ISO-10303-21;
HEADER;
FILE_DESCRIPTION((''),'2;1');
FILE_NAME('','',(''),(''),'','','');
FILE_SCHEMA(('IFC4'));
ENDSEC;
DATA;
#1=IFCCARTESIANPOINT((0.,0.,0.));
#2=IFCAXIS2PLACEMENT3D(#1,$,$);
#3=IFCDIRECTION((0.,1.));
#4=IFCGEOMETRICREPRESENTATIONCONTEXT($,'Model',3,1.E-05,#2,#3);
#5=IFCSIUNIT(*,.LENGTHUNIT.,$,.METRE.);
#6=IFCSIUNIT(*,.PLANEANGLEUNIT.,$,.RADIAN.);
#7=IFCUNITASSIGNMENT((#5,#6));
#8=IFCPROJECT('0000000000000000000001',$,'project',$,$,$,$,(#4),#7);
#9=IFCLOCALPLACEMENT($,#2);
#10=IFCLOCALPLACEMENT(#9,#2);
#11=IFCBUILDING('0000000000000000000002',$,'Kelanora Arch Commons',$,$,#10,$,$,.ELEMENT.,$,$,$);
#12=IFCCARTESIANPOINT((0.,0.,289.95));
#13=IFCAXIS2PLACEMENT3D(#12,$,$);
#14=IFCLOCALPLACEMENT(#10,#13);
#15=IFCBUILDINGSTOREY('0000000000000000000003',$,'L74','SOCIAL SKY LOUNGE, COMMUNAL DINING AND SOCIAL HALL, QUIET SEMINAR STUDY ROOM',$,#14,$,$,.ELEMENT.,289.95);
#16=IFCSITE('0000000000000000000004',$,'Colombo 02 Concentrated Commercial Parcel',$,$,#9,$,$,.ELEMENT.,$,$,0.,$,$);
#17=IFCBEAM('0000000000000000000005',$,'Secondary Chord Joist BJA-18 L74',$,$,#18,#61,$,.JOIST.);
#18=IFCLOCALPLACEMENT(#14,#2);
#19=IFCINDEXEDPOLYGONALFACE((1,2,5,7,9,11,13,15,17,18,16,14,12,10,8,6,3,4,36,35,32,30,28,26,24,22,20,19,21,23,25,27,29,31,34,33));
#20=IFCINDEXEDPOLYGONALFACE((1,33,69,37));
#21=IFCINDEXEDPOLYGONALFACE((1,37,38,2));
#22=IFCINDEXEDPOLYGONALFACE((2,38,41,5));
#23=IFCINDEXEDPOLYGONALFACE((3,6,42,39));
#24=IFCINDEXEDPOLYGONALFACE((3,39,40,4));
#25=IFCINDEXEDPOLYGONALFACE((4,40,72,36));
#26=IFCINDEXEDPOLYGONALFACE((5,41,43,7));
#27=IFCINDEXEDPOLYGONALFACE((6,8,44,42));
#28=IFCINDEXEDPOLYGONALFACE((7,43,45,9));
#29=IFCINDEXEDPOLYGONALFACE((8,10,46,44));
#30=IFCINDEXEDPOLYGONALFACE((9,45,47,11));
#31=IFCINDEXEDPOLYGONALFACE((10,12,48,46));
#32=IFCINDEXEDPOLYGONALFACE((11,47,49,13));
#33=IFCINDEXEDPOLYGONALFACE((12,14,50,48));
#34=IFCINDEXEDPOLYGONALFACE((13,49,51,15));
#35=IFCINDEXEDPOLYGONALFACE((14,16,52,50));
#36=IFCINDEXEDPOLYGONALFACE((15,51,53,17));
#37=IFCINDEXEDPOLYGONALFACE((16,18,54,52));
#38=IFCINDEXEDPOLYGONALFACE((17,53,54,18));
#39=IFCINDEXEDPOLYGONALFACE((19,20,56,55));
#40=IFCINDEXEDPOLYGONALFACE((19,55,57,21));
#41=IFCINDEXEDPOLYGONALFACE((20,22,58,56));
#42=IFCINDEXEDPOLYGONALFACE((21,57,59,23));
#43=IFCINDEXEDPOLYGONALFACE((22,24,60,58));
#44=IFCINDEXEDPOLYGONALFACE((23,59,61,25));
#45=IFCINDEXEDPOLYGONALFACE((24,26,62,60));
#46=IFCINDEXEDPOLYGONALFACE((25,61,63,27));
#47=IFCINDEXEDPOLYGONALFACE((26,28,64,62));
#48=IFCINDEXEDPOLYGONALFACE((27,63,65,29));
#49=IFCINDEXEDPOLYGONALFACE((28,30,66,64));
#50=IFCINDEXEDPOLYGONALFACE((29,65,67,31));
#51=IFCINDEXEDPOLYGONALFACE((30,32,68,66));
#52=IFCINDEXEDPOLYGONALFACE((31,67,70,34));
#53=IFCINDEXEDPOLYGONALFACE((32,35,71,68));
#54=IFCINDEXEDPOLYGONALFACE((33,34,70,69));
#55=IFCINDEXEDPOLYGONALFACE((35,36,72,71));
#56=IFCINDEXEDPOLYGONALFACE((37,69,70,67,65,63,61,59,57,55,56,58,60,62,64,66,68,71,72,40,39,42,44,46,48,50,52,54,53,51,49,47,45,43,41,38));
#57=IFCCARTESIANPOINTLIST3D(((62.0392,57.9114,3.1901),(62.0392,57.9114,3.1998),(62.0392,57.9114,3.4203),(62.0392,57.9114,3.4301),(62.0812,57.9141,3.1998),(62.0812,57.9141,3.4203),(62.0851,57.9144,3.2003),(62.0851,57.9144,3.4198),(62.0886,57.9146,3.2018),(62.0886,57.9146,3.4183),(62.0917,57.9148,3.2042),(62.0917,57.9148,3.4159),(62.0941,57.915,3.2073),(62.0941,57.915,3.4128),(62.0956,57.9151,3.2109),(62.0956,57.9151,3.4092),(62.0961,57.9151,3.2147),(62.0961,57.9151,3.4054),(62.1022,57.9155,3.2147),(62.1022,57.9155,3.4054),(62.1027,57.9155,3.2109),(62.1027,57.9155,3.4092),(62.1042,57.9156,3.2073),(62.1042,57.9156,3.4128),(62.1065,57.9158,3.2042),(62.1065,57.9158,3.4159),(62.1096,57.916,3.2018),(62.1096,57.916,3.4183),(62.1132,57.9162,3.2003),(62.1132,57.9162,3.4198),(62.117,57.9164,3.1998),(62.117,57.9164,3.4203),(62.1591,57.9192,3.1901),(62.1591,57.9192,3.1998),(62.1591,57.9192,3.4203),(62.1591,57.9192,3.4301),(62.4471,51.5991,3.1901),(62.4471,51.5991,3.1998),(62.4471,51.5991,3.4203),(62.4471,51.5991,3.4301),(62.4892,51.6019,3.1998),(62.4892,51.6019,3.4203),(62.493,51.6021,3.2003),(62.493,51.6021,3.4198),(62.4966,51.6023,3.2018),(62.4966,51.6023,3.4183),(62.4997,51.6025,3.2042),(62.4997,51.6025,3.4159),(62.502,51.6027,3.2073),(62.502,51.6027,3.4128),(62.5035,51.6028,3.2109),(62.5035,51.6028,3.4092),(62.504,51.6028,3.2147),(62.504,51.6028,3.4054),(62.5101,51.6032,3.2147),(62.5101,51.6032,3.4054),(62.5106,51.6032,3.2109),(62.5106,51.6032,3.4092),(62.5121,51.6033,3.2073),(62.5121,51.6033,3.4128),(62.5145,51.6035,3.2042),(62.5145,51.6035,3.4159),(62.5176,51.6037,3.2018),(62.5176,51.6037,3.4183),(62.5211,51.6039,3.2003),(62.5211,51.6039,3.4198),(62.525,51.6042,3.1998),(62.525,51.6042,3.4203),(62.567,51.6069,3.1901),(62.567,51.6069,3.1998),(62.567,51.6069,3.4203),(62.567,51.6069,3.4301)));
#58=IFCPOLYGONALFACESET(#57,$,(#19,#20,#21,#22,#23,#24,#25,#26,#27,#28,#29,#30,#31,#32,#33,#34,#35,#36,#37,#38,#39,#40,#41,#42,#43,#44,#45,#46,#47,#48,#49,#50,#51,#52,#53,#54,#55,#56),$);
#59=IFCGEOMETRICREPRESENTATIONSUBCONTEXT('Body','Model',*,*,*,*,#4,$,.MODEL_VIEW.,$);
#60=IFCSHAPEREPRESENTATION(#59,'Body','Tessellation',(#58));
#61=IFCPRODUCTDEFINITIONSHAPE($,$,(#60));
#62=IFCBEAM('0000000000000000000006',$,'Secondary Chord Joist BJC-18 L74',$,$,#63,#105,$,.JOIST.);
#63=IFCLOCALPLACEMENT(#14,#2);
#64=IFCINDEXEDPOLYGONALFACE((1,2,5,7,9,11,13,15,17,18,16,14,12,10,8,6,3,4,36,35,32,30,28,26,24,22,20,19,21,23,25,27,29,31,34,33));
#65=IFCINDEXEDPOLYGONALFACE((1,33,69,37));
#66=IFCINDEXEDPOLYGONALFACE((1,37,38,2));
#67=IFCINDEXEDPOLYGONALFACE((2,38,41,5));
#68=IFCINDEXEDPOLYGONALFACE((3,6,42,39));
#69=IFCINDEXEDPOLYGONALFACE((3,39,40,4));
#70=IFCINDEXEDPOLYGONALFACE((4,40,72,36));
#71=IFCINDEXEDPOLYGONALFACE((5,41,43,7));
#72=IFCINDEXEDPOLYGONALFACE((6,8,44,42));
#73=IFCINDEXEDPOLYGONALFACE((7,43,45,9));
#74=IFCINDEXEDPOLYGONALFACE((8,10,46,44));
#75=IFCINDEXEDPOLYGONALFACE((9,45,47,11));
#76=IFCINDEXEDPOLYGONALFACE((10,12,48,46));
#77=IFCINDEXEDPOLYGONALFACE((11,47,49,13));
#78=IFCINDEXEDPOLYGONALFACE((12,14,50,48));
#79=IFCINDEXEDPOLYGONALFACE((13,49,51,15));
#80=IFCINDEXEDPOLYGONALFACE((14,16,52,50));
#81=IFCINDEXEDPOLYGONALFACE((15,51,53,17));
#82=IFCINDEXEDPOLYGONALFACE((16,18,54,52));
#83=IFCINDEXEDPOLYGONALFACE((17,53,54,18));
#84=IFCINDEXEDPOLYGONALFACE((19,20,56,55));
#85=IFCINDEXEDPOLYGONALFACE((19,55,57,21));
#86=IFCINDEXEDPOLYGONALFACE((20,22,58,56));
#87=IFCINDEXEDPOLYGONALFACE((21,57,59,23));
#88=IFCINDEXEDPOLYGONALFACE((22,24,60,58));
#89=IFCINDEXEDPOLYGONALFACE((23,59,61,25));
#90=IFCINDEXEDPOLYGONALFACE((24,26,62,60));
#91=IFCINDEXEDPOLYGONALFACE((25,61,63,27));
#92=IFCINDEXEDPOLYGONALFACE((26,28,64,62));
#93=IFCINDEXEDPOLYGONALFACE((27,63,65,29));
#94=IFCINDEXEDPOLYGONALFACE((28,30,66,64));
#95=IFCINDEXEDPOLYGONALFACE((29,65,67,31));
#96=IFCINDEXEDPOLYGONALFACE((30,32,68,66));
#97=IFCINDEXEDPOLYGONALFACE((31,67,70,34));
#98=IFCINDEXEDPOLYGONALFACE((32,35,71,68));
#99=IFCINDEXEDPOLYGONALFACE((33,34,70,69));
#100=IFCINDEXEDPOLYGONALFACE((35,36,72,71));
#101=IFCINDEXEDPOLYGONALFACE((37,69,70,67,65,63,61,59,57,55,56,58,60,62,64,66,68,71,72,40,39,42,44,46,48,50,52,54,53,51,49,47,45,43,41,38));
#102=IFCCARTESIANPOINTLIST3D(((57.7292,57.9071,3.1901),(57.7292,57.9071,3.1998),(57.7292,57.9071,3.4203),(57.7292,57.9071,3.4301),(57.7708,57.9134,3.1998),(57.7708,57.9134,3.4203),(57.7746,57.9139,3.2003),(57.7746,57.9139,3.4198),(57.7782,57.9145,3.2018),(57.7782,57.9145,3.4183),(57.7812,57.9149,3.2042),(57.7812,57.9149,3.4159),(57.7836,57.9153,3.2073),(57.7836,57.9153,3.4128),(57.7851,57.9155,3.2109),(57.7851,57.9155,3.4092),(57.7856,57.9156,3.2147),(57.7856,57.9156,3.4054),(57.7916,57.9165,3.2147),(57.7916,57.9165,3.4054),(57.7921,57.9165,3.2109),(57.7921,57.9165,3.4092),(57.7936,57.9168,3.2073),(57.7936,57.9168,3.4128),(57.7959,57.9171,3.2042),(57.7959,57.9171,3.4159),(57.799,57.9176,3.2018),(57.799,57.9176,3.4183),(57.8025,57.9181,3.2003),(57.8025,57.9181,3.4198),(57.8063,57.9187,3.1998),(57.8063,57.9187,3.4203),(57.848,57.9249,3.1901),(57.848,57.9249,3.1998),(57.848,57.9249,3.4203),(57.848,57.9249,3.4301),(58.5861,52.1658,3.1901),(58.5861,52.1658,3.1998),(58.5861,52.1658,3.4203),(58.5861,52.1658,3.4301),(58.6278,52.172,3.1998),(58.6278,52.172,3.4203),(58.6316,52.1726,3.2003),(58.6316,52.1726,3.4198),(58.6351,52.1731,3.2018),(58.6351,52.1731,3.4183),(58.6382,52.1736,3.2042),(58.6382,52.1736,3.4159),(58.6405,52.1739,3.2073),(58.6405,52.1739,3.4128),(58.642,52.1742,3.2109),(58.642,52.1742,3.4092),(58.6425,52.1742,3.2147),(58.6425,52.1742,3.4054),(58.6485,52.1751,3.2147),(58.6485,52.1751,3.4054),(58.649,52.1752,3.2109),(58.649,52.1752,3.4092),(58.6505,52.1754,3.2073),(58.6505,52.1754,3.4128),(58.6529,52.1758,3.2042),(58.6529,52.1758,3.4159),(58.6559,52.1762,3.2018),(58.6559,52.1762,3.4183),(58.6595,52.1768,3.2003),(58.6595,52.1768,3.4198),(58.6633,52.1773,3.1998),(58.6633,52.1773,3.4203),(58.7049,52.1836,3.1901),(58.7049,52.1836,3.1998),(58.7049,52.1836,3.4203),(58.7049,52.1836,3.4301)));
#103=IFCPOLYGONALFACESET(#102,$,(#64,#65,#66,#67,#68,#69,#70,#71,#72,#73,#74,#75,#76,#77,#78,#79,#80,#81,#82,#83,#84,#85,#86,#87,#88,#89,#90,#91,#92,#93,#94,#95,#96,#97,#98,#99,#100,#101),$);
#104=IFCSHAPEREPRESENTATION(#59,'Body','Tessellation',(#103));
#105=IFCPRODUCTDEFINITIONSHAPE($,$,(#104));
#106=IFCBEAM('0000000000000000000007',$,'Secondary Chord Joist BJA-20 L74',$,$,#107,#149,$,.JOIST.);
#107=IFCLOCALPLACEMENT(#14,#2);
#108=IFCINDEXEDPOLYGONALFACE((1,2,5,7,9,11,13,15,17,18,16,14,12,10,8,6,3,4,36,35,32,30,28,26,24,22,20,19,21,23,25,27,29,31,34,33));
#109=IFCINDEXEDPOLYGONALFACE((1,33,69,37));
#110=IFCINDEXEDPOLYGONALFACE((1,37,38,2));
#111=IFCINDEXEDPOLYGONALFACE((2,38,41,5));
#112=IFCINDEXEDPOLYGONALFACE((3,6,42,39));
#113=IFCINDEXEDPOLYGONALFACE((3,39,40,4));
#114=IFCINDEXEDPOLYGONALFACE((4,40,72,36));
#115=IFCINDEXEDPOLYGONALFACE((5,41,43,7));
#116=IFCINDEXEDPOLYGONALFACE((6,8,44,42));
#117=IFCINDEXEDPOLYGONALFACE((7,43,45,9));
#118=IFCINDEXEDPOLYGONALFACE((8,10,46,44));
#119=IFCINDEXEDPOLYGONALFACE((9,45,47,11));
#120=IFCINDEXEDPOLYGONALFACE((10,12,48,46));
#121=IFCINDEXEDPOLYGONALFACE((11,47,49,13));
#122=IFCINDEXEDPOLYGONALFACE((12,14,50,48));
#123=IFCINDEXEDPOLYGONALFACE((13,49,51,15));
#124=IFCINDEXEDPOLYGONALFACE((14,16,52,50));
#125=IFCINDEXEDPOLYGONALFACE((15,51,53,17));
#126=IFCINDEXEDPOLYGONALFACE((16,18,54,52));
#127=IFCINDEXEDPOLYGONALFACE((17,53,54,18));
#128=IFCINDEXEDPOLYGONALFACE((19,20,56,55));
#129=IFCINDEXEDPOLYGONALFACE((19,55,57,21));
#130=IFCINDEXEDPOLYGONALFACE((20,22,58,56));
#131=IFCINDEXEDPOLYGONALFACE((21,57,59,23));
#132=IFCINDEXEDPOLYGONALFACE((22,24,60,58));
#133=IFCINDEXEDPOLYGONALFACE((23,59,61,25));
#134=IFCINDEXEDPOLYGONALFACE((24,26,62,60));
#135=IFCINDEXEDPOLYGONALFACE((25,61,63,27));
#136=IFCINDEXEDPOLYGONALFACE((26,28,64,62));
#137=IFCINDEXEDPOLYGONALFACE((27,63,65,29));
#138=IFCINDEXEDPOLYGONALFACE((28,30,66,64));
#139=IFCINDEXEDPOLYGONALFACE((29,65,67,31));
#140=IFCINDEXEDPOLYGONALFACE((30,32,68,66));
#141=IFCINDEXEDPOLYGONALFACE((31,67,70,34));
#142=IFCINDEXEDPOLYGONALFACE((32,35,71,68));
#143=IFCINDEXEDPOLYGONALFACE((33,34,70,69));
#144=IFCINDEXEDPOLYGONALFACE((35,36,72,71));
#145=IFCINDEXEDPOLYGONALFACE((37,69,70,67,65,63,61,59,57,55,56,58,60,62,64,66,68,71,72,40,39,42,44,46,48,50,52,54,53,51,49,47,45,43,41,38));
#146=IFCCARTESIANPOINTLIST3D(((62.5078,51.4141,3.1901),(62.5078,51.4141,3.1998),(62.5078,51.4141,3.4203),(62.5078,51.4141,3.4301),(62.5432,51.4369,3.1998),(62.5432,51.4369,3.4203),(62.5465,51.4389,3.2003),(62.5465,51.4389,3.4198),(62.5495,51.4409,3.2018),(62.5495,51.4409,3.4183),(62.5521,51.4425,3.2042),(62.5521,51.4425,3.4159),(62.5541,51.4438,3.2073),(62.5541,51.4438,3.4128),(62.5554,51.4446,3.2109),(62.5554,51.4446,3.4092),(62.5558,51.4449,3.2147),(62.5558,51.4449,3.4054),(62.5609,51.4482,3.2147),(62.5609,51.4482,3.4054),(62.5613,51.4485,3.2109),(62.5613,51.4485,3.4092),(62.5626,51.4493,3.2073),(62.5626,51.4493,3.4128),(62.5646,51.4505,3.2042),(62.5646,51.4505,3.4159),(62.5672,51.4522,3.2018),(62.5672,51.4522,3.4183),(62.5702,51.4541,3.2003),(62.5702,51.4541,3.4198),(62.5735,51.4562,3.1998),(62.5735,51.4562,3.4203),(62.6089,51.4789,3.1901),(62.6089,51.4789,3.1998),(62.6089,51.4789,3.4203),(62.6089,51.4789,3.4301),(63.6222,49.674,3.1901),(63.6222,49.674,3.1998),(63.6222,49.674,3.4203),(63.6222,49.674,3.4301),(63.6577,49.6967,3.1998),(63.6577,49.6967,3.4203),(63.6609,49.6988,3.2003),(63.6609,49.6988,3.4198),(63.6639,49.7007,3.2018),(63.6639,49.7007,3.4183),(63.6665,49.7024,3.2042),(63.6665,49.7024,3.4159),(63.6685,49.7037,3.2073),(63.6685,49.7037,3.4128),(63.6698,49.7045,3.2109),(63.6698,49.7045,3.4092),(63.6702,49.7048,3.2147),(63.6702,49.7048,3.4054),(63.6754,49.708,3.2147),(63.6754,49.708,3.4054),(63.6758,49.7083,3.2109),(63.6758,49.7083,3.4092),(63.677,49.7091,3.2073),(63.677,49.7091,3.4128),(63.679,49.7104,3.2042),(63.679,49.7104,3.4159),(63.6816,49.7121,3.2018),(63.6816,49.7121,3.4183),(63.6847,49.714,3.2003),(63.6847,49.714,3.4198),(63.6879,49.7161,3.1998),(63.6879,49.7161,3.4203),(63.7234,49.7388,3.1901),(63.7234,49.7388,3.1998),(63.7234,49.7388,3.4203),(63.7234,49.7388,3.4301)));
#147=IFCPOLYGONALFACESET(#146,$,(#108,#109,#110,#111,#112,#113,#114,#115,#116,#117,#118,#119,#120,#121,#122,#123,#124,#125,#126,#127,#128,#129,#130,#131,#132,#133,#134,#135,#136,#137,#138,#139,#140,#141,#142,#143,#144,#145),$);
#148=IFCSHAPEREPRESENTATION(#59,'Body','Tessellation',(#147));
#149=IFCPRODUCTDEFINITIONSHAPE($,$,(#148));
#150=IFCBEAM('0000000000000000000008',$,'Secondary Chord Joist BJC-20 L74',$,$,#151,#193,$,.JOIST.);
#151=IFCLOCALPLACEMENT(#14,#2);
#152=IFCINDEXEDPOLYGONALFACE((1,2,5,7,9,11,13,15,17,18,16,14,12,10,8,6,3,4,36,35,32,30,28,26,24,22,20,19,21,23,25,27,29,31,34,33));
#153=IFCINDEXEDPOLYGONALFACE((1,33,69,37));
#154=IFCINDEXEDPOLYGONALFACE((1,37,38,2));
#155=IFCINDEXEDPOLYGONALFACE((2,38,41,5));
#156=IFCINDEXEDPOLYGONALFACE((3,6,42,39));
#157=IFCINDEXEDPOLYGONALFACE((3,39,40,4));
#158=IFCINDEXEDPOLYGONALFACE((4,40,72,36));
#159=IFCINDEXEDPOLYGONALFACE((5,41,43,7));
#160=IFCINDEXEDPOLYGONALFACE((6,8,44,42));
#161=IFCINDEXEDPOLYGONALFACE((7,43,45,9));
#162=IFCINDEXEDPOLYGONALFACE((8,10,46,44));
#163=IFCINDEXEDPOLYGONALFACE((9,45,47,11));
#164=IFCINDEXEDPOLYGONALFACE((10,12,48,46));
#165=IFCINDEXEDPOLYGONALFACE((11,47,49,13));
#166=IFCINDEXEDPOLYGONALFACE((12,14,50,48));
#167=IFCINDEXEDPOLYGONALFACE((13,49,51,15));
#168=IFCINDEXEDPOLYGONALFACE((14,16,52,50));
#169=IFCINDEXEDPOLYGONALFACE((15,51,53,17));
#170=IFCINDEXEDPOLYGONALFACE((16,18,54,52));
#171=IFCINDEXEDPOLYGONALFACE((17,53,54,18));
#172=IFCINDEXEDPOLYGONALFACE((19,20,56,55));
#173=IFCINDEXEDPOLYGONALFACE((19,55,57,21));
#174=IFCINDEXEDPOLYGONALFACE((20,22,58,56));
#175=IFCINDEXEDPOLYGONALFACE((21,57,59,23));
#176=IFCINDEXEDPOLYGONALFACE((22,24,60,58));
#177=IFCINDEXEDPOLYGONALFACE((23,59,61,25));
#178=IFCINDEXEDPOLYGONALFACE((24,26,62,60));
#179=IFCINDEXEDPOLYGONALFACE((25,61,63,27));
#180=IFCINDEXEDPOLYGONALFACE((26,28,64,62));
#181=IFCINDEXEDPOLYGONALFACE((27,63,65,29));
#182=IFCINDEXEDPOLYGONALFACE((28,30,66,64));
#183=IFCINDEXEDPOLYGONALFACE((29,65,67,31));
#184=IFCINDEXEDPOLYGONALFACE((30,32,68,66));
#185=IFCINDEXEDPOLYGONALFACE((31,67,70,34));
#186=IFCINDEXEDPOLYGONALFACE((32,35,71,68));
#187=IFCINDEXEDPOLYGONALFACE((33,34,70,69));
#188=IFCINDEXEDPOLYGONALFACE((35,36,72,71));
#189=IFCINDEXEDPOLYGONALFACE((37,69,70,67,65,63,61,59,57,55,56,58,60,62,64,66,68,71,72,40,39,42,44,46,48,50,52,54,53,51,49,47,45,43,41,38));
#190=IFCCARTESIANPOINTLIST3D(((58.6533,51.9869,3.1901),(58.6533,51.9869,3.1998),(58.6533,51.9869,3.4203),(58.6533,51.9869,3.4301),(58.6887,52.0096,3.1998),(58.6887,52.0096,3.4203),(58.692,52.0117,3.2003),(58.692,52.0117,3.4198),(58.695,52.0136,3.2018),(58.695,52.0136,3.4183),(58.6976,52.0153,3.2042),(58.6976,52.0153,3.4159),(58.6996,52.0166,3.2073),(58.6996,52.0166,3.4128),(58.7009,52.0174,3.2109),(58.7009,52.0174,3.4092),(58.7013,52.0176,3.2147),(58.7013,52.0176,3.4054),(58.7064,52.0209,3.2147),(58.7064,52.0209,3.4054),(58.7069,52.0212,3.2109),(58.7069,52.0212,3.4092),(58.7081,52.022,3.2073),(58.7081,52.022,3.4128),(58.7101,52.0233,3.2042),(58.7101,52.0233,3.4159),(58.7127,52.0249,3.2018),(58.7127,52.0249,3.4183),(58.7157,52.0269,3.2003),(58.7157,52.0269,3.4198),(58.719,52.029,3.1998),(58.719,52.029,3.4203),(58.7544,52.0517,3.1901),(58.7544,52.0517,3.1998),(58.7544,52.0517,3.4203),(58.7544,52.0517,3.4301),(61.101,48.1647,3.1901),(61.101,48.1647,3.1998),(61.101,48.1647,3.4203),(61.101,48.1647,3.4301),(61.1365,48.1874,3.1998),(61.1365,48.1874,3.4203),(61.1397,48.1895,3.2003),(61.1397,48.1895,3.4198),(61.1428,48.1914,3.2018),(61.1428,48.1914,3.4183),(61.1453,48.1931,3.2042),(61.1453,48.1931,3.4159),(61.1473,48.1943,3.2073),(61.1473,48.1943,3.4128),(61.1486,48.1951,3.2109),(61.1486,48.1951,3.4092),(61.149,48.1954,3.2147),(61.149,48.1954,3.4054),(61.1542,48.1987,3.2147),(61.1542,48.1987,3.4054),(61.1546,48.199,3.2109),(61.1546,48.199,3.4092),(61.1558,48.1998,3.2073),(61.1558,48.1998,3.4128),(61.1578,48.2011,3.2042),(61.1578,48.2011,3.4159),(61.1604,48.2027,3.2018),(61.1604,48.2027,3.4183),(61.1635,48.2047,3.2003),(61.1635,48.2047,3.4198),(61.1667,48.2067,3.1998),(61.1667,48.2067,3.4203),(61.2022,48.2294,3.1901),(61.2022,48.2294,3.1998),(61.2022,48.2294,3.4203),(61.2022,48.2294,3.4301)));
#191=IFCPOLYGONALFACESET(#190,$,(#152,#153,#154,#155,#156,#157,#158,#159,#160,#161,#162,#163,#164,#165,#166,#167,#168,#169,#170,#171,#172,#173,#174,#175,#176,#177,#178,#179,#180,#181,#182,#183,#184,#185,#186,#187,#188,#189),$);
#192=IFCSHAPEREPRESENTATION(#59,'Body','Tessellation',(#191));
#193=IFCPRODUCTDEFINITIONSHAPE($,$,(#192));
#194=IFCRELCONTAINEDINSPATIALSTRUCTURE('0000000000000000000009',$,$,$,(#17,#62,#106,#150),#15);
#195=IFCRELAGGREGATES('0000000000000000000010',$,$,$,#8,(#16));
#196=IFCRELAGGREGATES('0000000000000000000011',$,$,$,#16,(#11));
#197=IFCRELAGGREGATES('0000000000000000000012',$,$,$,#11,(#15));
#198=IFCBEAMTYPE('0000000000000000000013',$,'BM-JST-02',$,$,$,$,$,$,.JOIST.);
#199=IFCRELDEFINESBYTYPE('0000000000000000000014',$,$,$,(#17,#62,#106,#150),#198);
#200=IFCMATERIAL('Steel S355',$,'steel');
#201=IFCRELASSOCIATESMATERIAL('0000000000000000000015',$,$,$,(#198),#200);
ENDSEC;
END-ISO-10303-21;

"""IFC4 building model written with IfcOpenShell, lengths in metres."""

from ifc_helpers import new_model, si_unit, direction, frame, origin, origin_2d, place, context, subcontext, project, spatial, i_section, extrude, material, material_profile, profile_set, type_object, element, save


model = new_model("IFC4")

# Units and contexts
model_context = context("Model", 3, precision=1e-05, world=origin(), true_north=direction((0.0, 1.0)))
body_context = subcontext(model_context, "Body", "Model", "MODEL_VIEW")
ifc_project = project(units=[si_unit("LENGTHUNIT", "METRE"), si_unit("PLANEANGLEUNIT", "RADIAN")], contexts=[model_context])

# Site, building, storey
site_placement = place(None, origin())
site = spatial("IfcSite", under=ifc_project, at=site_placement, Name="Colombo 02 Concentrated Commercial Parcel", CompositionType="ELEMENT", RefElevation=0.0)
building_placement = place(site_placement, origin())
building = spatial("IfcBuilding", under=site, at=building_placement, Name="Kelanora Arch Commons", CompositionType="ELEMENT")
storey_placement = place(building_placement, frame((0.0, 0.0, 289.95)))
storey = spatial("IfcBuildingStorey", under=building, at=storey_placement, Name="L74", Description="SOCIAL SKY LOUNGE, COMMUNAL DINING AND SOCIAL HALL, QUIET SEMINAR STUDY ROOM", CompositionType="ELEMENT", Elevation=289.95)

# Beams
ifc_material_1 = material(Name="Steel S355", Category="steel")
ifc_material_profile_1 = material_profile(ifc_material_1, i_section(OverallWidth=0.1201, OverallDepth=0.24, WebThickness=0.0061, FlangeThickness=0.0098, FilletRadius=0.0149, at=origin_2d()), Name="IPE240")
ifc_profile_set_1 = profile_set([ifc_material_profile_1], Name="Steel S355")
beam_type_1 = type_object("IfcBeamType", Name="BM-JST-02", PredefinedType="JOIST", material=ifc_profile_set_1)
beam_1_placement = place(storey_placement, frame((62.0991, 57.9153, 3.3101), z_axis=(0.064495, -0.997918, 0.0), x_axis=(0.997918, 0.064495, 0.0)))
element("IfcBeam", 1, at=beam_1_placement, inside=storey, type_object=beam_type_1, Name="Secondary Chord Joist BJA-18 L74", PredefinedType="JOIST", context=body_context, shape_type="SweptSolid", body=[
    extrude(i_section(OverallWidth=0.1201, OverallDepth=0.24, WebThickness=0.0061, FlangeThickness=0.0098, FilletRadius=0.0149, at=origin_2d()), origin(), (0.0, 0.0, 1.0), 6.3254),
])
beam_2_placement = place(storey_placement, frame((57.7886, 57.916, 3.3101), z_axis=(0.147625, -0.989043, 0.0), x_axis=(0.989043, 0.147625, 0.0)))
element("IfcBeam", 2, at=beam_2_placement, inside=storey, type_object=beam_type_1, Name="Secondary Chord Joist BJC-18 L74", PredefinedType="JOIST", context=body_context, shape_type="SweptSolid", body=[
    extrude(i_section(OverallWidth=0.1201, OverallDepth=0.24, WebThickness=0.0061, FlangeThickness=0.0098, FilletRadius=0.0149, at=origin_2d()), origin(), (0.0, 0.0, 1.0), 5.8049),
])
beam_3_placement = place(storey_placement, frame((62.5583, 51.4465, 3.3101), z_axis=(0.539312, -0.842106, 0.0), x_axis=(0.842106, 0.539312, 0.0)))
element("IfcBeam", 3, at=beam_3_placement, inside=storey, type_object=beam_type_1, Name="Secondary Chord Joist BJA-20 L74", PredefinedType="JOIST", context=body_context, shape_type="SweptSolid", body=[
    extrude(i_section(OverallWidth=0.1201, OverallDepth=0.24, WebThickness=0.0061, FlangeThickness=0.0098, FilletRadius=0.0149, at=origin_2d()), origin(), (0.0, 0.0, 1.0), 2.0664),
])
beam_4_placement = place(storey_placement, frame((58.7039, 52.0193, 3.3101), z_axis=(0.539289, -0.842121, 0.0), x_axis=(0.842121, 0.539289, 0.0)))
element("IfcBeam", 4, at=beam_4_placement, inside=storey, type_object=beam_type_1, Name="Secondary Chord Joist BJC-20 L74", PredefinedType="JOIST", context=body_context, shape_type="SweptSolid", body=[
    extrude(i_section(OverallWidth=0.1201, OverallDepth=0.24, WebThickness=0.0061, FlangeThickness=0.0098, FilletRadius=0.0149, at=origin_2d()), origin(), (0.0, 0.0, 1.0), 4.5388),
])

save(model, "model.ifc")
